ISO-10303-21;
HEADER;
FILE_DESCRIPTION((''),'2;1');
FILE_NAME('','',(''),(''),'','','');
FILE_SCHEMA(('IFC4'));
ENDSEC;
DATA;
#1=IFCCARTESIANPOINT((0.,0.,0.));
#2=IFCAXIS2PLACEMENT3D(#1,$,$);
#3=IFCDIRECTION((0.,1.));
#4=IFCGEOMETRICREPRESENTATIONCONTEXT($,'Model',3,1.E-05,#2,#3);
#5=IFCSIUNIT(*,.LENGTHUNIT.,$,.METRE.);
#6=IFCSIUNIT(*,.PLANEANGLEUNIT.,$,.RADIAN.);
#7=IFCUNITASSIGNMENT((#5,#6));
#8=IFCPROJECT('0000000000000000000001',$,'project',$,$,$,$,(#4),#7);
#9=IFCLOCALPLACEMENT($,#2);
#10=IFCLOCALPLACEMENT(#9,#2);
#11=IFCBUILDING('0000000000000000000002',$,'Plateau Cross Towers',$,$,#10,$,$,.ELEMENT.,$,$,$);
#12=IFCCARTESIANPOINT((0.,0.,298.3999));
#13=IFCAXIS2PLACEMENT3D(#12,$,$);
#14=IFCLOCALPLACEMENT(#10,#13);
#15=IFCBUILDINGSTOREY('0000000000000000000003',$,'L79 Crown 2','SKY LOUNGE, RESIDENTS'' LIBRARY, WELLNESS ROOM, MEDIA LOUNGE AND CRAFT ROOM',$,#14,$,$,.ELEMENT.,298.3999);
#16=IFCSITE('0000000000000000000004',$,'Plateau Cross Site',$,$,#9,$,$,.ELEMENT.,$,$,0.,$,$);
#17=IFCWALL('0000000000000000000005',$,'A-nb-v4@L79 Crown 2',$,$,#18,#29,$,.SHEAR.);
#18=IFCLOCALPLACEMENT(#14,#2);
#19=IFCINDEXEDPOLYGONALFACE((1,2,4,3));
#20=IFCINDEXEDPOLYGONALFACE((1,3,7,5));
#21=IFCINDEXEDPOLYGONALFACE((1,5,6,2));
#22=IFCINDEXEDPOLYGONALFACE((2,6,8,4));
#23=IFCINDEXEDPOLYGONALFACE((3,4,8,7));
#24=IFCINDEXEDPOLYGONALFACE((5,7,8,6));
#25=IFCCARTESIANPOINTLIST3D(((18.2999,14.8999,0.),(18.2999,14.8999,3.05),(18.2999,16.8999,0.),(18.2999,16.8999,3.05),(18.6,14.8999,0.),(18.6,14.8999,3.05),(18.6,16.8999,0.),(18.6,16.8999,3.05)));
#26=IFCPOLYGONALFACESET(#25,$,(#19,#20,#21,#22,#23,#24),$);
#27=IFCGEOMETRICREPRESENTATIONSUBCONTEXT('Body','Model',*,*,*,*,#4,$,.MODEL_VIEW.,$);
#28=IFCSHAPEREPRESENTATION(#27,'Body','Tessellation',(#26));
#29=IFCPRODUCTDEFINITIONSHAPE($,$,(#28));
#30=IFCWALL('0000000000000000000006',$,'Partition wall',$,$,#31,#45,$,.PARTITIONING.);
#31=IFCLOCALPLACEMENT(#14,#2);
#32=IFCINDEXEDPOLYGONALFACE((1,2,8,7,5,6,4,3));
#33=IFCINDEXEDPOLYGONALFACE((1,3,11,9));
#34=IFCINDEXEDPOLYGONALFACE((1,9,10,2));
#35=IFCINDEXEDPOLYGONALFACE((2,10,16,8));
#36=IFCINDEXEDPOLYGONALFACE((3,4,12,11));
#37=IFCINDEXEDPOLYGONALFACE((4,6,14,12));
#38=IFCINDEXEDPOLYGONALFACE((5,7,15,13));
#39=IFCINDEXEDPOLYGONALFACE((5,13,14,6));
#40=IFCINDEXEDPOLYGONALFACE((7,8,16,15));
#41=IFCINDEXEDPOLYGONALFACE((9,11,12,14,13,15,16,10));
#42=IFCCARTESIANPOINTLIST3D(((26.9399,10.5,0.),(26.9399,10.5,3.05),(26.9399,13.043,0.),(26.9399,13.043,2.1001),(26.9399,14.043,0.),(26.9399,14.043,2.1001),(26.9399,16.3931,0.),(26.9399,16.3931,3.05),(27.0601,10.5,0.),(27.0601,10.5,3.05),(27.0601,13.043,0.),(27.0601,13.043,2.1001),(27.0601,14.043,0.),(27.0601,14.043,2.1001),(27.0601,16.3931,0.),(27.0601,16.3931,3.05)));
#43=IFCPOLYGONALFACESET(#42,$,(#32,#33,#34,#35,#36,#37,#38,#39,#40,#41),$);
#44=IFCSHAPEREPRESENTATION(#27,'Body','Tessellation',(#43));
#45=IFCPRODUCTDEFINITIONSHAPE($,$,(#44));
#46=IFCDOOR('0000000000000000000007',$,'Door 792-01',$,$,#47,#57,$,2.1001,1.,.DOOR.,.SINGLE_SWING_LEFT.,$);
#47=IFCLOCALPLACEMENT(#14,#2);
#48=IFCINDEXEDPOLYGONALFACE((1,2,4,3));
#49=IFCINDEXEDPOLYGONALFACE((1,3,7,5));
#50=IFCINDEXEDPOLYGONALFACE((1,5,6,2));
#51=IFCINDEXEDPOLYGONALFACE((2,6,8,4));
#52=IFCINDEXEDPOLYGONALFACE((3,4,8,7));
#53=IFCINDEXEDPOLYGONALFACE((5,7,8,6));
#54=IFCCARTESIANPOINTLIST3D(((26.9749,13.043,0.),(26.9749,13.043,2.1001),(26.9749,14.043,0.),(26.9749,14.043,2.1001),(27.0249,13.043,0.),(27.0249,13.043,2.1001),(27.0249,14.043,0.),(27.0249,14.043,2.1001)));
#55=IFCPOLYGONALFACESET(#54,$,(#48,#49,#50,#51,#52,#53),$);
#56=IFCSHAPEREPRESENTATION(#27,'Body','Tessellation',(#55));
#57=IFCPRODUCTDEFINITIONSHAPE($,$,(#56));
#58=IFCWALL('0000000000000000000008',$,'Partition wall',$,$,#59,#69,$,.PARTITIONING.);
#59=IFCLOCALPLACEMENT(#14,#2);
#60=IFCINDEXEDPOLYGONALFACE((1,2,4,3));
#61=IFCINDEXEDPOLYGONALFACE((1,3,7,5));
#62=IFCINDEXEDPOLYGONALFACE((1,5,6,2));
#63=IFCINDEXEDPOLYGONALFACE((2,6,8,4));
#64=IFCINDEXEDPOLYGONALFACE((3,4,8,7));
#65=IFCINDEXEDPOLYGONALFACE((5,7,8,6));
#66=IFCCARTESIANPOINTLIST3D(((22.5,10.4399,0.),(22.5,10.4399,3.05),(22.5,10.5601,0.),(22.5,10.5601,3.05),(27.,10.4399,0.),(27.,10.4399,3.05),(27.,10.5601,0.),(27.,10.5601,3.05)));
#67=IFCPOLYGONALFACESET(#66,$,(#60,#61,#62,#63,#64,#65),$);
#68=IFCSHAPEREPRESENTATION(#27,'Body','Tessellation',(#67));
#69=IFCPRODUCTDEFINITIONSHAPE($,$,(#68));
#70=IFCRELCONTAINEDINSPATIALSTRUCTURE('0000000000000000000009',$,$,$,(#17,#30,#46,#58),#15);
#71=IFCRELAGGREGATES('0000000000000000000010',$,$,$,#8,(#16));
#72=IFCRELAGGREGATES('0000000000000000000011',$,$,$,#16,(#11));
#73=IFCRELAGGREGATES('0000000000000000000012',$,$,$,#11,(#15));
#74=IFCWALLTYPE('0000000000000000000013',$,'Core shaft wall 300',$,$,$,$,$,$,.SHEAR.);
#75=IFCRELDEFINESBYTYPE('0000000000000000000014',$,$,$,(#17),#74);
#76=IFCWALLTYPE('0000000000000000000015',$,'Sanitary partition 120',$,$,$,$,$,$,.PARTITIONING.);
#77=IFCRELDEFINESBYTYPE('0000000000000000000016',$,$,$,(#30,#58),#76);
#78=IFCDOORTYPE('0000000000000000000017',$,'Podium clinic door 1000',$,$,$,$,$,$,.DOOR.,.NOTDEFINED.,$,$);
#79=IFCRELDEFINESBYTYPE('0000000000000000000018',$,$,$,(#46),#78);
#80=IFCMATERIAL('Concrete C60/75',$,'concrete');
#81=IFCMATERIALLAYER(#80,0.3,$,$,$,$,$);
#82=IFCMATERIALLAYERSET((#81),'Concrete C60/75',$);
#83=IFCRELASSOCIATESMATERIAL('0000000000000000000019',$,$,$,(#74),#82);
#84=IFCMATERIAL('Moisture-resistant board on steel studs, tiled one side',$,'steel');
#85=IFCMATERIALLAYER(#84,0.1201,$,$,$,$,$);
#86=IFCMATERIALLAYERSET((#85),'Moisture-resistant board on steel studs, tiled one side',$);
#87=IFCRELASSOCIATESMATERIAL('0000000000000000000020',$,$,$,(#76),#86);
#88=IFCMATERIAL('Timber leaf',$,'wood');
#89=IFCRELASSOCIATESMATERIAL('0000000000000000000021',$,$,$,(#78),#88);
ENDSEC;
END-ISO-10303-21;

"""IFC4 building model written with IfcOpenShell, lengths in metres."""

from ifc_helpers import new_model, si_unit, direction, frame, frame_2d, origin, place, context, subcontext, project, spatial, rectangle, extrude, material, layer, layer_set, type_object, element, fill, save


model = new_model("IFC4")

# Units and contexts
model_context = context("Model", 3, precision=1e-05, world=origin(), true_north=direction((0.0, 1.0)))
body_context = subcontext(model_context, "Body", "Model", "MODEL_VIEW")
ifc_project = project(units=[si_unit("LENGTHUNIT", "METRE"), si_unit("PLANEANGLEUNIT", "RADIAN")], contexts=[model_context])

# Site, building, storey
site_placement = place(None, origin())
site = spatial("IfcSite", under=ifc_project, at=site_placement, Name="Plateau Cross Site", CompositionType="ELEMENT", RefElevation=0.0)
building_placement = place(site_placement, origin())
building = spatial("IfcBuilding", under=site, at=building_placement, Name="Plateau Cross Towers", CompositionType="ELEMENT")
storey_placement = place(building_placement, frame((0.0, 0.0, 298.3999)))
storey = spatial("IfcBuildingStorey", under=building, at=storey_placement, Name="L79 Crown 2", Description="SKY LOUNGE, RESIDENTS' LIBRARY, WELLNESS ROOM, MEDIA LOUNGE AND CRAFT ROOM", CompositionType="ELEMENT", Elevation=298.3999)

# Shared definitions
ifc_material_1 = material(Name="Concrete C60/75", Category="concrete")

# Wall
ifc_layer_1 = layer(ifc_material_1, 0.3)
ifc_layer_set_1 = layer_set([ifc_layer_1], Name="Concrete C60/75")
wall_type_1 = type_object("IfcWallType", Name="Core shaft wall 300", PredefinedType="SHEAR", material=ifc_layer_set_1)
for number, where, z_axis, x_axis, name in (
    (1, (18.45, 14.8999, 0.0), (0.0, 0.0, 1.0), (0.0, 1.0, 0.0), "A-nb-v4@L79 Crown 2"),
):
    element("IfcWall", number, at=place(storey_placement, frame(where, z_axis=z_axis, x_axis=x_axis)), inside=storey, type_object=wall_type_1, Name=name, PredefinedType="SHEAR", context=body_context, shape_type="SweptSolid", body=[
        extrude(rectangle(XDim=2.0, YDim=0.3, at=frame_2d((1.0, 0.0))), origin(), (0.0, 0.0, 1.0), 3.05),
    ])

# Wall, opening, door
ifc_material_2 = material(Name="Moisture-resistant board on steel studs, tiled one side", Category="steel")
ifc_layer_2 = layer(ifc_material_2, 0.1201)
ifc_layer_set_2 = layer_set([ifc_layer_2], Name="Moisture-resistant board on steel studs, tiled one side")
wall_type_2 = type_object("IfcWallType", Name="Sanitary partition 120", PredefinedType="PARTITIONING", material=ifc_layer_set_2)
wall_1_placement = place(storey_placement, frame((27.0, 16.3931, 0.0), z_axis=(0.0, 0.0, 1.0), x_axis=(0.0, -1.0, 0.0)))
wall_1 = element("IfcWall", 2, at=wall_1_placement, inside=storey, type_object=wall_type_2, Name="Partition wall", PredefinedType="PARTITIONING", context=body_context, shape_type="SweptSolid", body=[
    extrude(rectangle(XDim=5.8931, YDim=0.1201, at=frame_2d((2.9465, 0.0))), origin(), (0.0, 0.0, 1.0), 3.05),
])
opening_1_placement = place(wall_1_placement, frame((2.3501, 0.0, 0.0)))
opening_1 = element("IfcOpeningElement", 3, at=opening_1_placement, cuts=wall_1, PredefinedType="OPENING", context=body_context, shape_type="SweptSolid", body=[
    extrude(rectangle(XDim=1.0, YDim=2.1001, at=frame_2d((0.5, 1.05))), frame((0.0, 0.0701, 0.0), z_axis=(0.0, -1.0, 0.0), x_axis=(1.0, 0.0, 0.0)), (0.0, 0.0, 1.0), 0.1401),
])
ifc_material_3 = material(Name="Timber leaf", Category="wood")
door_type_1 = type_object("IfcDoorType", Name="Podium clinic door 1000", OperationType="NOTDEFINED", PredefinedType="DOOR", material=ifc_material_3)
door_1_placement = place(opening_1_placement, origin())
door_1 = element("IfcDoor", 4, at=door_1_placement, inside=storey, type_object=door_type_1, Name="Door 792-01", OperationType="SINGLE_SWING_LEFT", OverallHeight=2.1001, OverallWidth=1.0, PredefinedType="DOOR", context=body_context, shape_type="SweptSolid", body=[
    extrude(rectangle(XDim=1.0, YDim=2.1001, at=frame_2d((0.5, 1.05))), frame((0.0, 0.0249, 0.0), z_axis=(0.0, -1.0, 0.0), x_axis=(1.0, 0.0, 0.0)), (0.0, 0.0, 1.0), 0.05),
])
fill(opening_1, door_1)

# Wall
wall_2_placement = place(storey_placement, frame((22.5, 10.5, 0.0), z_axis=(0.0, 0.0, 1.0), x_axis=(1.0, 0.0, 0.0)))
element("IfcWall", 5, at=wall_2_placement, inside=storey, type_object=wall_type_2, Name="Partition wall", PredefinedType="PARTITIONING", context=body_context, shape_type="SweptSolid", body=[
    extrude(rectangle(XDim=4.5, YDim=0.1201, at=frame_2d((2.25, 0.0))), origin(), (0.0, 0.0, 1.0), 3.05),
])

save(model, "model.ifc")
